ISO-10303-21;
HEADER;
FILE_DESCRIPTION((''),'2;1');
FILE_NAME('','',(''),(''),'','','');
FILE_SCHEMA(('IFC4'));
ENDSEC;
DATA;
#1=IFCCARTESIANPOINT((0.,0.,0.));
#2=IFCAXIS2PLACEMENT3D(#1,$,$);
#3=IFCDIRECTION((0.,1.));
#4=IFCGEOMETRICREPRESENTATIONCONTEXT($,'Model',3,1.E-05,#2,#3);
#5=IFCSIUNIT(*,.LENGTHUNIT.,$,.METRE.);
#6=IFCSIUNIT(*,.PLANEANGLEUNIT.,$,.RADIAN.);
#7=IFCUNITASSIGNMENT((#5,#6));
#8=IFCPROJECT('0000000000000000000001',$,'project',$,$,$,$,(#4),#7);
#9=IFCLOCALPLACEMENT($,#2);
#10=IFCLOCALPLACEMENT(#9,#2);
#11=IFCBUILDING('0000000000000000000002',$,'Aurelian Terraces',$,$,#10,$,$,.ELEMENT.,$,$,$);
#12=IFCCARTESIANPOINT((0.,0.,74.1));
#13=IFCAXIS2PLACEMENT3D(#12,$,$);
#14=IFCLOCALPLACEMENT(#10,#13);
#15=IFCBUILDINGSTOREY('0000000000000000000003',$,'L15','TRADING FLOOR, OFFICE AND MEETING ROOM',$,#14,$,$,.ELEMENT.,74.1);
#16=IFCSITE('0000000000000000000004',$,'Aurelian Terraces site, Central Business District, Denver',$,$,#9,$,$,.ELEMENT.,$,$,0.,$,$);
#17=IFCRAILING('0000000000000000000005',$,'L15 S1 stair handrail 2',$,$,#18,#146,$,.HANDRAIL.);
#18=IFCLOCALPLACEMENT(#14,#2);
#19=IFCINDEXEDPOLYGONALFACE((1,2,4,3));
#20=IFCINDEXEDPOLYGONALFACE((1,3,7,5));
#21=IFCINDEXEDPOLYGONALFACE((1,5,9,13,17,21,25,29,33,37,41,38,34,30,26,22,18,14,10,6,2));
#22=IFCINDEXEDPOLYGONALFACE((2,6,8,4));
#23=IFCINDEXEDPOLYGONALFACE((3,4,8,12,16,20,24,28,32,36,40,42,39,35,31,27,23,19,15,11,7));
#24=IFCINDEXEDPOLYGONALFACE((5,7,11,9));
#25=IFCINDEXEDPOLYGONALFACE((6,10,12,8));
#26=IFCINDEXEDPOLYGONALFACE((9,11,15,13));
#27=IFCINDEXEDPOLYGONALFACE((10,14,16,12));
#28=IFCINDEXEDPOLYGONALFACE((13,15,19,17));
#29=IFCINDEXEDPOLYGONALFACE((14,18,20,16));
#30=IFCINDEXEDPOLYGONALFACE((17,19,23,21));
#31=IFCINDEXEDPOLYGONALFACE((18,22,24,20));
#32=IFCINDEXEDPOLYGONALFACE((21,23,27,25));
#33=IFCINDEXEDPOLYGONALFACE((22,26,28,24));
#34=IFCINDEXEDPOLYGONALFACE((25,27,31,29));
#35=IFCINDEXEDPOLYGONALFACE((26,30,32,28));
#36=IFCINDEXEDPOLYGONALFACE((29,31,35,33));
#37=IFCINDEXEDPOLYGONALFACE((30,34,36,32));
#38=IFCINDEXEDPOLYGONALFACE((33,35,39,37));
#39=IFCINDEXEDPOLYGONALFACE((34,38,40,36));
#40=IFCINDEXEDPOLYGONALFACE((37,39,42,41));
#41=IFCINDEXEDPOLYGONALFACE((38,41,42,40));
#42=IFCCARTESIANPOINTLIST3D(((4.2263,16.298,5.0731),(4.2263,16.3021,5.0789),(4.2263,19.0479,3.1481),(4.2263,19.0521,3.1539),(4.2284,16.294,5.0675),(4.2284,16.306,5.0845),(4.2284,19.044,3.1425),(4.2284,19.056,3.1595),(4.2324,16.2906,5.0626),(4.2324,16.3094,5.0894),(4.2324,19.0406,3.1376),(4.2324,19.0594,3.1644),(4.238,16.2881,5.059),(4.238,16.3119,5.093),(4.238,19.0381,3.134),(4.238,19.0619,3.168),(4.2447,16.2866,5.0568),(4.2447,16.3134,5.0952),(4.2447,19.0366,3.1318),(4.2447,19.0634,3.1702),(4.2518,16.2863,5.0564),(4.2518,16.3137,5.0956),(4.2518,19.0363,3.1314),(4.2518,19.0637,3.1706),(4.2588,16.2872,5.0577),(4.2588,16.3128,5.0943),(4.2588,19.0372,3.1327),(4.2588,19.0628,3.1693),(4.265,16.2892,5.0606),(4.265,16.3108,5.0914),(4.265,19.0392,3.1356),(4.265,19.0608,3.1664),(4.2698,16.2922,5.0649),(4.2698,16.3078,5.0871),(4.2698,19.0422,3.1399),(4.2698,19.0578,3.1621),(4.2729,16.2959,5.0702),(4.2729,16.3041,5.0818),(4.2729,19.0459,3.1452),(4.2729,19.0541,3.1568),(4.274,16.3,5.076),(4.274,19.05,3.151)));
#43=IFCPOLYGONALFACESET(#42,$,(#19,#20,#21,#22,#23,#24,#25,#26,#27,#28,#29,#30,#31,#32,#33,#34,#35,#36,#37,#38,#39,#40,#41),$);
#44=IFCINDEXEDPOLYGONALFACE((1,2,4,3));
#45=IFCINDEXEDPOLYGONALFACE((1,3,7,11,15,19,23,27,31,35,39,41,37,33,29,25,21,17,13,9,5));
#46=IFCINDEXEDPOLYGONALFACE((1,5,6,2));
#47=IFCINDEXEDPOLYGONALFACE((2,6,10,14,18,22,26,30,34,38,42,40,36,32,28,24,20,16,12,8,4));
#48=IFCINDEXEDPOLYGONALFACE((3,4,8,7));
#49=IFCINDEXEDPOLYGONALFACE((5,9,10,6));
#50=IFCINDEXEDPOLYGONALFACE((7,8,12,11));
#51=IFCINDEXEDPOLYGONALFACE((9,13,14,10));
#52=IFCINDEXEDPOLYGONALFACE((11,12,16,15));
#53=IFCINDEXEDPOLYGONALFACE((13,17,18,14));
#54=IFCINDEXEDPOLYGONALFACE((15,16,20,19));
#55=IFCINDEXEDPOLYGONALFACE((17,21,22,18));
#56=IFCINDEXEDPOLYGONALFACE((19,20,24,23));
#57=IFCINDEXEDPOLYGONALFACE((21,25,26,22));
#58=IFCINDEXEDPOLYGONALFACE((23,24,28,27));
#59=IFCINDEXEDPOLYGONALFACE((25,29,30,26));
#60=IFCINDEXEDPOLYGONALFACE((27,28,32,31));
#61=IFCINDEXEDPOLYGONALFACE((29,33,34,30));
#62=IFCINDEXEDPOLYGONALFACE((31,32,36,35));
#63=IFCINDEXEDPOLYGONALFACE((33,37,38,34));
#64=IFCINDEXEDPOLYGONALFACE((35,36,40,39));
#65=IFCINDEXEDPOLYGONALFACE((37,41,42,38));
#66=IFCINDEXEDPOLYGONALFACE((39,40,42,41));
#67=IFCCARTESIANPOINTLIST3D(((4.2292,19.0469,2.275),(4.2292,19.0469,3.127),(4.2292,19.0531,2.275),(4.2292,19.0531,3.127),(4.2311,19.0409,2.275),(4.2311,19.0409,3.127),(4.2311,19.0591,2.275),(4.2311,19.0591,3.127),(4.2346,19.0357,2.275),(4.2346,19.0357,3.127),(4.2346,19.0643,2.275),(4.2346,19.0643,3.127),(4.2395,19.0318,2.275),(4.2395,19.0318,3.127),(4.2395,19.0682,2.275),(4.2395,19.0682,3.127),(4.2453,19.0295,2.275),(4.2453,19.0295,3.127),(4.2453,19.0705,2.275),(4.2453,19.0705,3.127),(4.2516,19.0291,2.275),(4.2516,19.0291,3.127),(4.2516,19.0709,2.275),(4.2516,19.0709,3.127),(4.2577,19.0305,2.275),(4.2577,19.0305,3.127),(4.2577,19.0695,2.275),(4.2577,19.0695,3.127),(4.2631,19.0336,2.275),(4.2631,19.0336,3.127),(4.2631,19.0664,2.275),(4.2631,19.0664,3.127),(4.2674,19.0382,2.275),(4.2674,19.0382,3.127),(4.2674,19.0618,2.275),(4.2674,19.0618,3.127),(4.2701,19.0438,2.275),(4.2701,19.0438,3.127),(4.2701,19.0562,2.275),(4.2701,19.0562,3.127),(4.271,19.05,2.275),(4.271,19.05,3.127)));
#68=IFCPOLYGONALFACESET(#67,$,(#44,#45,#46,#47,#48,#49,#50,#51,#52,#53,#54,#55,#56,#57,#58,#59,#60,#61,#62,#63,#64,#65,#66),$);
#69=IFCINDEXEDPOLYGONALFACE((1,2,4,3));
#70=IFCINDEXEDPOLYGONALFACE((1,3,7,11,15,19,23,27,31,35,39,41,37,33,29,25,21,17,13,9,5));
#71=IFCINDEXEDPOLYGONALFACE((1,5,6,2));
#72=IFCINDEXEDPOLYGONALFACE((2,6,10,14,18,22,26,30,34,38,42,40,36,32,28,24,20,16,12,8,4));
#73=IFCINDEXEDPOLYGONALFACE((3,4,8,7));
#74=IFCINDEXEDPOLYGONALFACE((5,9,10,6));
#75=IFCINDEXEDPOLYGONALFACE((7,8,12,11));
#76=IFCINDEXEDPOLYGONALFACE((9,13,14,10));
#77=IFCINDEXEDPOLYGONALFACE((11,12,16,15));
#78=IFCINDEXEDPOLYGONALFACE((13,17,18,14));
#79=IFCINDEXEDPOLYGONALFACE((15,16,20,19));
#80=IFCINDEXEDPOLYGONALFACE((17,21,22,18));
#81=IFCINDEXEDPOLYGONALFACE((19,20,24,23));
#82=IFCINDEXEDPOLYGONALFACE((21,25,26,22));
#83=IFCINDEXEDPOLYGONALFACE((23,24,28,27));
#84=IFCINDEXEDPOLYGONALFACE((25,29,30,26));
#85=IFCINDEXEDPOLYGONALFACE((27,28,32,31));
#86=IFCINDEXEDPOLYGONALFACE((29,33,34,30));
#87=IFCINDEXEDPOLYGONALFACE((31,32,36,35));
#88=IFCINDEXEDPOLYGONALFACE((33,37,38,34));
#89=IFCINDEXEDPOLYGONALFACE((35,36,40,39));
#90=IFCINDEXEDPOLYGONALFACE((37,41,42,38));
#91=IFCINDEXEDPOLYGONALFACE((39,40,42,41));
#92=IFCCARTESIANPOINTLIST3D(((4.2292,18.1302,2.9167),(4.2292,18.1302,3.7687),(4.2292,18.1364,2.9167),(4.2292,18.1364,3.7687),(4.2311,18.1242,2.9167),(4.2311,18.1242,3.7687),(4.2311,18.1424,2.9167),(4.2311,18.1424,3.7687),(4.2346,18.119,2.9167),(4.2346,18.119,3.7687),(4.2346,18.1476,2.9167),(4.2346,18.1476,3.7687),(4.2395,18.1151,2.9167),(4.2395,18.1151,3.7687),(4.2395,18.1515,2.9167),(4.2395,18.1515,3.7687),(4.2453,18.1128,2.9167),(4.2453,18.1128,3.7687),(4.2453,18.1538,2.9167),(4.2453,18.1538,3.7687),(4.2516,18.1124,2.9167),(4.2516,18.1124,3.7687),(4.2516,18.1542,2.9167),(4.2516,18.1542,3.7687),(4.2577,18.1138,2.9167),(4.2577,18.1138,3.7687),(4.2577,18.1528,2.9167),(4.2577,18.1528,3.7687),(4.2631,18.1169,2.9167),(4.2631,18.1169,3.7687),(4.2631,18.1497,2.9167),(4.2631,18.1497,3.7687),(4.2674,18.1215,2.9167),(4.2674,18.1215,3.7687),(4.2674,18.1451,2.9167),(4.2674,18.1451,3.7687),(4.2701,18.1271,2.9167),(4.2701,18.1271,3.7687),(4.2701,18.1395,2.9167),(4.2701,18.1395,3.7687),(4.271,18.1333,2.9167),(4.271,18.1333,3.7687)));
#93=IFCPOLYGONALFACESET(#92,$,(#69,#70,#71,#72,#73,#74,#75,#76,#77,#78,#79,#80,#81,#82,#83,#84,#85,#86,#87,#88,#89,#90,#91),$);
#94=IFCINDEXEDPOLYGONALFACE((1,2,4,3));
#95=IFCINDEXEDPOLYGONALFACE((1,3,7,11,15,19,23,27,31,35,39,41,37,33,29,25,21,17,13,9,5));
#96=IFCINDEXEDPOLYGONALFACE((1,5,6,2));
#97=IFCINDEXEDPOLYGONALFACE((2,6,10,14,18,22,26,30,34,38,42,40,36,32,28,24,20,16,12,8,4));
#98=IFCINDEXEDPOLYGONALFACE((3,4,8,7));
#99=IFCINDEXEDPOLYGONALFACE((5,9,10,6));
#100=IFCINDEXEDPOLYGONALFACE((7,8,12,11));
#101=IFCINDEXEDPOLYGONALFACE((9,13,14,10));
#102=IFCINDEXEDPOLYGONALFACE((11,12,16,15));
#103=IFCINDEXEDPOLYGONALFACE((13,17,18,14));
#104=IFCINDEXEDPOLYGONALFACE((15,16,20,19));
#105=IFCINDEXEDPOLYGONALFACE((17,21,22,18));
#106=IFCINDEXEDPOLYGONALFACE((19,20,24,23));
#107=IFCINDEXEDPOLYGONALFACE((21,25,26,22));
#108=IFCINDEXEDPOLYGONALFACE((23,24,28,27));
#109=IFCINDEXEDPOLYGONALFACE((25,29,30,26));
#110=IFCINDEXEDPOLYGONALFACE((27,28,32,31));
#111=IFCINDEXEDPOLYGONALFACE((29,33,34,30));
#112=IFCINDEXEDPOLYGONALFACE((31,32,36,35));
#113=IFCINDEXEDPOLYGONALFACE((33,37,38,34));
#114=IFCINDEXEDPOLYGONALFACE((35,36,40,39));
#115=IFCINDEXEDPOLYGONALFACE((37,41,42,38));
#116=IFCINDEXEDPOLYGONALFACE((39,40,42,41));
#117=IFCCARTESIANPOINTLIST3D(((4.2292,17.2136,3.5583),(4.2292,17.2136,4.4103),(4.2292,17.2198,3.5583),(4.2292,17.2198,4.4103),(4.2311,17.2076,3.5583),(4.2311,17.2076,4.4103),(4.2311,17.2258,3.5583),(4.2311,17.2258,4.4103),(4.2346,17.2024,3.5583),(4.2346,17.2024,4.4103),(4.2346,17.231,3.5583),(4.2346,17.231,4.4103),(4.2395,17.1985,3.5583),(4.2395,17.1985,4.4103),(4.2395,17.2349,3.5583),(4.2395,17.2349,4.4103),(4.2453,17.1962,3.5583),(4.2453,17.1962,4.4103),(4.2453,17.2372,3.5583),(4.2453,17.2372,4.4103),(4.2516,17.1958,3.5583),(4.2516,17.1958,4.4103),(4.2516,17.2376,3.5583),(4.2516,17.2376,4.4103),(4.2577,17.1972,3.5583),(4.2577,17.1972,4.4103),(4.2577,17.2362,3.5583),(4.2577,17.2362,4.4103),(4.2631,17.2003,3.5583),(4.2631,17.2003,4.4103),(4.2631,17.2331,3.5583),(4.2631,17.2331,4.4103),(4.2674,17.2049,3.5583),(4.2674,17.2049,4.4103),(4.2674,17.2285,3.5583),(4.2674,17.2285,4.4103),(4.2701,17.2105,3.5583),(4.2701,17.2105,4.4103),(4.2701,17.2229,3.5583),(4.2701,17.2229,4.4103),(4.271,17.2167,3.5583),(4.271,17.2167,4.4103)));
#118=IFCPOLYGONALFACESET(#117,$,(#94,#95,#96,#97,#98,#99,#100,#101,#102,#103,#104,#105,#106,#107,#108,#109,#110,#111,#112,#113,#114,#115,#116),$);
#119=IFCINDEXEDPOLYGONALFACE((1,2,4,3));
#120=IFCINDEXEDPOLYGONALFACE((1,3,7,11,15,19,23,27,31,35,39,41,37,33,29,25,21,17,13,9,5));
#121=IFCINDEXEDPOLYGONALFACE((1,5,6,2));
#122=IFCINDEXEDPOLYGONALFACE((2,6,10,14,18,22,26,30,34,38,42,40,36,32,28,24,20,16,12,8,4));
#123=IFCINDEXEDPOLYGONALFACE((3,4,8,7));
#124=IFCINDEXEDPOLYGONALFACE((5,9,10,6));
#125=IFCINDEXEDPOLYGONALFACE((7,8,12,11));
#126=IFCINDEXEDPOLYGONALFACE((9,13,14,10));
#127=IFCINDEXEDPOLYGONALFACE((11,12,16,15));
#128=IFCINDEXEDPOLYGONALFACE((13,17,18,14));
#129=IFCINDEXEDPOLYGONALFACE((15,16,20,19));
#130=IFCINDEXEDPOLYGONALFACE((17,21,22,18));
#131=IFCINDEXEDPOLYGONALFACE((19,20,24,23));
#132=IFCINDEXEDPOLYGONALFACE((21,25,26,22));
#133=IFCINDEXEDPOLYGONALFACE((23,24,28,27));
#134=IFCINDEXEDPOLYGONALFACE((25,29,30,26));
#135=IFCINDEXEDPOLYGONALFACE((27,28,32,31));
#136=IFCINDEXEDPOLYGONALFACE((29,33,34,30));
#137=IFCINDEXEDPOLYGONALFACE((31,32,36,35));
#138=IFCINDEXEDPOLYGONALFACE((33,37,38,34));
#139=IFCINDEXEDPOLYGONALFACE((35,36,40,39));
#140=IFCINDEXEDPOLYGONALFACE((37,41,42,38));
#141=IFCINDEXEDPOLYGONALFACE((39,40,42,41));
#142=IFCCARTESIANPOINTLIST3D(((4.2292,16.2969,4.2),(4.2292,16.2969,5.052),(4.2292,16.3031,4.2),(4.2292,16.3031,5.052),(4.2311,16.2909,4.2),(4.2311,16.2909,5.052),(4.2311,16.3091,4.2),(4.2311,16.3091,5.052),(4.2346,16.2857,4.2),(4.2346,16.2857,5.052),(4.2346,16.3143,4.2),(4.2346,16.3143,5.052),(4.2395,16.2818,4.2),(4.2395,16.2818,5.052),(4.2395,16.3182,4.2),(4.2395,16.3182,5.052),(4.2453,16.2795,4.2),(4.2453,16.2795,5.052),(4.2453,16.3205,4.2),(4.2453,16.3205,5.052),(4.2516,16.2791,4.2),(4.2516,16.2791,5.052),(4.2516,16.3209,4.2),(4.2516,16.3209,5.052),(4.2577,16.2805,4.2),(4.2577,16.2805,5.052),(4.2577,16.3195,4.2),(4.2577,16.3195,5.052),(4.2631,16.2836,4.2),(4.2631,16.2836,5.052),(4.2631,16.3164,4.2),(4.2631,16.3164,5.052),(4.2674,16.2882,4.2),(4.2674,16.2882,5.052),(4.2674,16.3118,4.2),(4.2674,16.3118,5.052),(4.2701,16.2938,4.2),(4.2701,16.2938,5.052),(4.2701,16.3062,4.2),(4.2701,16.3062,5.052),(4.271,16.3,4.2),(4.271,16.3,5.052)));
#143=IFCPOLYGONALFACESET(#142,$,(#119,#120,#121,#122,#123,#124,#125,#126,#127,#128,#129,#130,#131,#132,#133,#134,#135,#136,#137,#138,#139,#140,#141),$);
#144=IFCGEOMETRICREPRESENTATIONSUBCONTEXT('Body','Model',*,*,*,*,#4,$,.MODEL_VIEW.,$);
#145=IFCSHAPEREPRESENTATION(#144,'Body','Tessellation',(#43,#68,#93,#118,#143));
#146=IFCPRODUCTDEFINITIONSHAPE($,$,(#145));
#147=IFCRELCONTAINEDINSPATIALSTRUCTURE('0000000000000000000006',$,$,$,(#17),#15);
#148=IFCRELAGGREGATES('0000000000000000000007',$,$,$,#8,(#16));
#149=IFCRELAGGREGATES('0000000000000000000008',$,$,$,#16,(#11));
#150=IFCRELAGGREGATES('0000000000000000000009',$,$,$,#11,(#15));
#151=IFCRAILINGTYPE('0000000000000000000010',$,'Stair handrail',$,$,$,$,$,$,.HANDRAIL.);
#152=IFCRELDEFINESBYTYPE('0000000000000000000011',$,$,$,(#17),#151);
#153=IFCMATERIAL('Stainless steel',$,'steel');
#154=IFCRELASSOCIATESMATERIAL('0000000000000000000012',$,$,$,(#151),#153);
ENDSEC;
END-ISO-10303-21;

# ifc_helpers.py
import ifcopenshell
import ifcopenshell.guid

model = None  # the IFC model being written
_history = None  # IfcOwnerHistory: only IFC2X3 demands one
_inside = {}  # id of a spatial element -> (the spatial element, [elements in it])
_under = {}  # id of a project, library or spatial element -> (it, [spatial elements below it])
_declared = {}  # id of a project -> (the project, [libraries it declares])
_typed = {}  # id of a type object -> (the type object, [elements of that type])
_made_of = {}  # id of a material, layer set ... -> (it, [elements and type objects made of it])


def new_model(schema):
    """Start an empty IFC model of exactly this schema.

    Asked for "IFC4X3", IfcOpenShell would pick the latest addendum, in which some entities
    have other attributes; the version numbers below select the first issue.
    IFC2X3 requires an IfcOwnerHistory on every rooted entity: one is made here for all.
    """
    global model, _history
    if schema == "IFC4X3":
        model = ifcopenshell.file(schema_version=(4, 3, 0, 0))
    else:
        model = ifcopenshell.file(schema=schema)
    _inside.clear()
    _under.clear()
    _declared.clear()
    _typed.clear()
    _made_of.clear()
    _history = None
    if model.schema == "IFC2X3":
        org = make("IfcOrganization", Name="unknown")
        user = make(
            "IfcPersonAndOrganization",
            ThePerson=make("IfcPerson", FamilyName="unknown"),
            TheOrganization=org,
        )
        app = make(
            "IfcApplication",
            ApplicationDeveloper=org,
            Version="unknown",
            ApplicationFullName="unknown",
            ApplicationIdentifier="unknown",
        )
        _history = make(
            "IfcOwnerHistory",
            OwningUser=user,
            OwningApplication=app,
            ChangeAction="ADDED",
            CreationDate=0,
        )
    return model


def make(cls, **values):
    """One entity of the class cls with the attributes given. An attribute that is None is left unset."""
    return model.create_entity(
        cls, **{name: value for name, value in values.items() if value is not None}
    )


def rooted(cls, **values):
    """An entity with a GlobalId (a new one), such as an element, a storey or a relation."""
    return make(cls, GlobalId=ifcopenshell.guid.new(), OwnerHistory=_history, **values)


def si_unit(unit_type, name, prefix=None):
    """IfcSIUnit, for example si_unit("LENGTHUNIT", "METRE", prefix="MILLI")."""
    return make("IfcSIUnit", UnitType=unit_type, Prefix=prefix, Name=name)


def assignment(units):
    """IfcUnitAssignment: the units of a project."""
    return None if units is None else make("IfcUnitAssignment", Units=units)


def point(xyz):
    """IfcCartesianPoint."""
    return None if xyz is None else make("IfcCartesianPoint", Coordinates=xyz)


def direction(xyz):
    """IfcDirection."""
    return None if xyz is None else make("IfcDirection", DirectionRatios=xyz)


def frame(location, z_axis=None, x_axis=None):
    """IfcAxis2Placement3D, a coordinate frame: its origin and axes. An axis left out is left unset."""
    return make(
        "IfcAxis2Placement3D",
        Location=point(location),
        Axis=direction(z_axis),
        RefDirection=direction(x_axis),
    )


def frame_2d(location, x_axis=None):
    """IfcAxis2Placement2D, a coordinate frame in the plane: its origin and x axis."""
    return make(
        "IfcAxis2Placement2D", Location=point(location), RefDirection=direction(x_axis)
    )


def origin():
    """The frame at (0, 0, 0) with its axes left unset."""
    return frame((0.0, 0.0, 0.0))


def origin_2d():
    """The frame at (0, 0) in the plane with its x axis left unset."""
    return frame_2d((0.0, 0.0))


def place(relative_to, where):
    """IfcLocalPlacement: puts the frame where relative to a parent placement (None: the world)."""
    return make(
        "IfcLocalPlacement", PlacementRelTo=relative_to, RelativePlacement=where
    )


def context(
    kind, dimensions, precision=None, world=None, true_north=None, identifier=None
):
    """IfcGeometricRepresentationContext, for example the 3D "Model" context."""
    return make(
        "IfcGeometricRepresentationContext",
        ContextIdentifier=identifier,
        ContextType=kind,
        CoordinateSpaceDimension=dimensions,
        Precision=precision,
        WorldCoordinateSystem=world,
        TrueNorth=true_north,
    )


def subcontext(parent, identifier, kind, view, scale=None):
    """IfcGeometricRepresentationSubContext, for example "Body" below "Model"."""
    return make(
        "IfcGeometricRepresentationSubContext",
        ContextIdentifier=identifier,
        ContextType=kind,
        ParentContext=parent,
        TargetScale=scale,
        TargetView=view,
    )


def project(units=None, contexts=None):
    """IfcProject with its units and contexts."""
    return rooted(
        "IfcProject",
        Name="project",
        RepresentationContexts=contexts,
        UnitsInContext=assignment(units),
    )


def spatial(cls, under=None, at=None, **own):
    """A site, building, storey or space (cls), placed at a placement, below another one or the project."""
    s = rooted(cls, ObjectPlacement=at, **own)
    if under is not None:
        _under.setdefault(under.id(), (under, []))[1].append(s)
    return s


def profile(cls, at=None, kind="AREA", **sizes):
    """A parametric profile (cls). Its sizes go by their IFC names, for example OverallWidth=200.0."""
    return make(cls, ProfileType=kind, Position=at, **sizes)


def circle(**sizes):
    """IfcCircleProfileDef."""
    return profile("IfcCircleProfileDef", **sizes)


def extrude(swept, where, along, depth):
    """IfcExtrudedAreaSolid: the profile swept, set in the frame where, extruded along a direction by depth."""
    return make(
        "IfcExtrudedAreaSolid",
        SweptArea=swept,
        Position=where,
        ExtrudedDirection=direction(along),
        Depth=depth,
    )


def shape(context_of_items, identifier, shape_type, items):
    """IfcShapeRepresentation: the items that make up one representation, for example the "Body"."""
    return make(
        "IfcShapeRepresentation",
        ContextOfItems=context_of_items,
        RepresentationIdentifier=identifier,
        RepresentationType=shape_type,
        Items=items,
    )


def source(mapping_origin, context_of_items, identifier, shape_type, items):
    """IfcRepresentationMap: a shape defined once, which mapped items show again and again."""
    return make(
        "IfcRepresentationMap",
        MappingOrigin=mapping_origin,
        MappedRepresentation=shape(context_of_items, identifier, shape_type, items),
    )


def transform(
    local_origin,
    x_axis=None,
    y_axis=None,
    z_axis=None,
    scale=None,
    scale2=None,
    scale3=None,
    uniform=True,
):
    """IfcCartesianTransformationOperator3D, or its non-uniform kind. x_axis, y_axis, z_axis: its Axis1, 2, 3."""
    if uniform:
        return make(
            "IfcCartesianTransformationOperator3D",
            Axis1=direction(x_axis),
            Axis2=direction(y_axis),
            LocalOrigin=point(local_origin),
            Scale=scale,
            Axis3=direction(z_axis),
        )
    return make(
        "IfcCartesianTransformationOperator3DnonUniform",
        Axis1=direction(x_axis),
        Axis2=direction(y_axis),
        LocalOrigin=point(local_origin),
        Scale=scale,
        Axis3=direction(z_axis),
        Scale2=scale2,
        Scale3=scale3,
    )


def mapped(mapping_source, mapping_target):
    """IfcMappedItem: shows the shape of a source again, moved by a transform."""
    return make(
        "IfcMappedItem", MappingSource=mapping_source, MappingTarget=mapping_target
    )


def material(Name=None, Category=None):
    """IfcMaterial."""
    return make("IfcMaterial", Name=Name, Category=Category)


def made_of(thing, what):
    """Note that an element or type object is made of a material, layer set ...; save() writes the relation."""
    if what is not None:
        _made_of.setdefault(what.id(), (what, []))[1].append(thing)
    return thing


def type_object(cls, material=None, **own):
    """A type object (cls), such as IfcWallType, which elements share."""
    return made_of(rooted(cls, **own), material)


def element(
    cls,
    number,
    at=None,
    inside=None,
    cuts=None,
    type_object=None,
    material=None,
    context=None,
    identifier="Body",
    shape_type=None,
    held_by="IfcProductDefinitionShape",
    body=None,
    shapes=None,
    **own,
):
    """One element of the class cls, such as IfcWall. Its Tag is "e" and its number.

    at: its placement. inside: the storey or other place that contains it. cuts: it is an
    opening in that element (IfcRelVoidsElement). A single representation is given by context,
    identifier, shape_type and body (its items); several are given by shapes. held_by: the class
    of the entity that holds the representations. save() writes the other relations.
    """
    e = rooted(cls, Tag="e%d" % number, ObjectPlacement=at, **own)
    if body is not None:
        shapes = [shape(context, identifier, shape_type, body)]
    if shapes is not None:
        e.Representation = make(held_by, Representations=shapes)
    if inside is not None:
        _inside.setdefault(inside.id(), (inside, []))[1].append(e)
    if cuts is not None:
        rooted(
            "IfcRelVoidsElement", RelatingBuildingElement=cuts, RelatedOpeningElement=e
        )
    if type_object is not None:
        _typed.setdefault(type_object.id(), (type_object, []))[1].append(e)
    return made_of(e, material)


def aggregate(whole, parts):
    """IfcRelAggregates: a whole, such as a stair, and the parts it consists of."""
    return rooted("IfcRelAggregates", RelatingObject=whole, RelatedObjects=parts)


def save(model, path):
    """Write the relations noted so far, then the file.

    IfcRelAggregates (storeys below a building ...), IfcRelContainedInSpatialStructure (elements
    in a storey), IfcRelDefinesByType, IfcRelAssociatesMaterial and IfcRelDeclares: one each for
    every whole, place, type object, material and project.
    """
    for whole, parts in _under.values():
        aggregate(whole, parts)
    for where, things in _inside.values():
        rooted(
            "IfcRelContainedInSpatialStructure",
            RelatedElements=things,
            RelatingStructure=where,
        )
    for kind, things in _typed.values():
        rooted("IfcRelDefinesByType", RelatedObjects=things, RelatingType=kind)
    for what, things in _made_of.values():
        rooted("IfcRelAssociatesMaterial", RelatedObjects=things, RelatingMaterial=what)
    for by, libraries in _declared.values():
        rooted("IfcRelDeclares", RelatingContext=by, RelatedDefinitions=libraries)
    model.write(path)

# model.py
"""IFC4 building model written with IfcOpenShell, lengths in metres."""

from ifc_helpers import new_model, si_unit, direction, frame, origin, origin_2d, place, context, subcontext, project, spatial, circle, extrude, source, transform, mapped, material, type_object, element, save


model = new_model("IFC4")

# Units and contexts
model_context = context("Model", 3, precision=1e-05, world=origin(), true_north=direction((0.0, 1.0)))
body_context = subcontext(model_context, "Body", "Model", "MODEL_VIEW")
ifc_project = project(units=[si_unit("LENGTHUNIT", "METRE"), si_unit("PLANEANGLEUNIT", "RADIAN")], contexts=[model_context])

# Site, building, storey
site_placement = place(None, origin())
site = spatial("IfcSite", under=ifc_project, at=site_placement, Name="Aurelian Terraces site, Central Business District, Denver", CompositionType="ELEMENT", RefElevation=0.0)
building_placement = place(site_placement, origin())
building = spatial("IfcBuilding", under=site, at=building_placement, Name="Aurelian Terraces", CompositionType="ELEMENT")
storey_placement = place(building_placement, frame((0.0, 0.0, 74.1)))
storey = spatial("IfcBuildingStorey", under=building, at=storey_placement, Name="L15", Description="TRADING FLOOR, OFFICE AND MEETING ROOM", CompositionType="ELEMENT", Elevation=74.1)

# Railing
ifc_material_1 = material(Name="Stainless steel", Category="steel")
railing_type_1 = type_object("IfcRailingType", Name="Stair handrail", PredefinedType="HANDRAIL", material=ifc_material_1)
shared_shape_1 = source(origin(), body_context, "Body", "SweptSolid", [
    extrude(circle(Radius=0.024, at=origin_2d()), frame((0.0, 0.0, 0.876), z_axis=(0.0, -0.819232, 0.573462), x_axis=(1.0, 0.0, 0.0)), (0.0, 0.0, 1.0), 3.3568),
    extrude(circle(Radius=0.021, at=origin_2d()), origin(), (0.0, 0.0, 1.0), 0.852),
    extrude(circle(Radius=0.021, at=origin_2d()), frame((0.0, -0.9167, 0.6417)), (0.0, 0.0, 1.0), 0.852),
    extrude(circle(Radius=0.021, at=origin_2d()), frame((0.0, -1.8333, 1.2833)), (0.0, 0.0, 1.0), 0.852),
    extrude(circle(Radius=0.021, at=origin_2d()), frame((0.0, -2.75, 1.925)), (0.0, 0.0, 1.0), 0.852),
])
railing_1_placement = place(storey_placement, frame((4.25, 19.05, 2.275)))
element("IfcRailing", 1, at=railing_1_placement, inside=storey, type_object=railing_type_1, Name="L15 S1 stair handrail 2", PredefinedType="HANDRAIL", context=body_context, shape_type="MappedRepresentation", body=[
    mapped(shared_shape_1, transform((0.0, 0.0, 0.0), scale=1.0)),
])

save(model, "model.ifc")
